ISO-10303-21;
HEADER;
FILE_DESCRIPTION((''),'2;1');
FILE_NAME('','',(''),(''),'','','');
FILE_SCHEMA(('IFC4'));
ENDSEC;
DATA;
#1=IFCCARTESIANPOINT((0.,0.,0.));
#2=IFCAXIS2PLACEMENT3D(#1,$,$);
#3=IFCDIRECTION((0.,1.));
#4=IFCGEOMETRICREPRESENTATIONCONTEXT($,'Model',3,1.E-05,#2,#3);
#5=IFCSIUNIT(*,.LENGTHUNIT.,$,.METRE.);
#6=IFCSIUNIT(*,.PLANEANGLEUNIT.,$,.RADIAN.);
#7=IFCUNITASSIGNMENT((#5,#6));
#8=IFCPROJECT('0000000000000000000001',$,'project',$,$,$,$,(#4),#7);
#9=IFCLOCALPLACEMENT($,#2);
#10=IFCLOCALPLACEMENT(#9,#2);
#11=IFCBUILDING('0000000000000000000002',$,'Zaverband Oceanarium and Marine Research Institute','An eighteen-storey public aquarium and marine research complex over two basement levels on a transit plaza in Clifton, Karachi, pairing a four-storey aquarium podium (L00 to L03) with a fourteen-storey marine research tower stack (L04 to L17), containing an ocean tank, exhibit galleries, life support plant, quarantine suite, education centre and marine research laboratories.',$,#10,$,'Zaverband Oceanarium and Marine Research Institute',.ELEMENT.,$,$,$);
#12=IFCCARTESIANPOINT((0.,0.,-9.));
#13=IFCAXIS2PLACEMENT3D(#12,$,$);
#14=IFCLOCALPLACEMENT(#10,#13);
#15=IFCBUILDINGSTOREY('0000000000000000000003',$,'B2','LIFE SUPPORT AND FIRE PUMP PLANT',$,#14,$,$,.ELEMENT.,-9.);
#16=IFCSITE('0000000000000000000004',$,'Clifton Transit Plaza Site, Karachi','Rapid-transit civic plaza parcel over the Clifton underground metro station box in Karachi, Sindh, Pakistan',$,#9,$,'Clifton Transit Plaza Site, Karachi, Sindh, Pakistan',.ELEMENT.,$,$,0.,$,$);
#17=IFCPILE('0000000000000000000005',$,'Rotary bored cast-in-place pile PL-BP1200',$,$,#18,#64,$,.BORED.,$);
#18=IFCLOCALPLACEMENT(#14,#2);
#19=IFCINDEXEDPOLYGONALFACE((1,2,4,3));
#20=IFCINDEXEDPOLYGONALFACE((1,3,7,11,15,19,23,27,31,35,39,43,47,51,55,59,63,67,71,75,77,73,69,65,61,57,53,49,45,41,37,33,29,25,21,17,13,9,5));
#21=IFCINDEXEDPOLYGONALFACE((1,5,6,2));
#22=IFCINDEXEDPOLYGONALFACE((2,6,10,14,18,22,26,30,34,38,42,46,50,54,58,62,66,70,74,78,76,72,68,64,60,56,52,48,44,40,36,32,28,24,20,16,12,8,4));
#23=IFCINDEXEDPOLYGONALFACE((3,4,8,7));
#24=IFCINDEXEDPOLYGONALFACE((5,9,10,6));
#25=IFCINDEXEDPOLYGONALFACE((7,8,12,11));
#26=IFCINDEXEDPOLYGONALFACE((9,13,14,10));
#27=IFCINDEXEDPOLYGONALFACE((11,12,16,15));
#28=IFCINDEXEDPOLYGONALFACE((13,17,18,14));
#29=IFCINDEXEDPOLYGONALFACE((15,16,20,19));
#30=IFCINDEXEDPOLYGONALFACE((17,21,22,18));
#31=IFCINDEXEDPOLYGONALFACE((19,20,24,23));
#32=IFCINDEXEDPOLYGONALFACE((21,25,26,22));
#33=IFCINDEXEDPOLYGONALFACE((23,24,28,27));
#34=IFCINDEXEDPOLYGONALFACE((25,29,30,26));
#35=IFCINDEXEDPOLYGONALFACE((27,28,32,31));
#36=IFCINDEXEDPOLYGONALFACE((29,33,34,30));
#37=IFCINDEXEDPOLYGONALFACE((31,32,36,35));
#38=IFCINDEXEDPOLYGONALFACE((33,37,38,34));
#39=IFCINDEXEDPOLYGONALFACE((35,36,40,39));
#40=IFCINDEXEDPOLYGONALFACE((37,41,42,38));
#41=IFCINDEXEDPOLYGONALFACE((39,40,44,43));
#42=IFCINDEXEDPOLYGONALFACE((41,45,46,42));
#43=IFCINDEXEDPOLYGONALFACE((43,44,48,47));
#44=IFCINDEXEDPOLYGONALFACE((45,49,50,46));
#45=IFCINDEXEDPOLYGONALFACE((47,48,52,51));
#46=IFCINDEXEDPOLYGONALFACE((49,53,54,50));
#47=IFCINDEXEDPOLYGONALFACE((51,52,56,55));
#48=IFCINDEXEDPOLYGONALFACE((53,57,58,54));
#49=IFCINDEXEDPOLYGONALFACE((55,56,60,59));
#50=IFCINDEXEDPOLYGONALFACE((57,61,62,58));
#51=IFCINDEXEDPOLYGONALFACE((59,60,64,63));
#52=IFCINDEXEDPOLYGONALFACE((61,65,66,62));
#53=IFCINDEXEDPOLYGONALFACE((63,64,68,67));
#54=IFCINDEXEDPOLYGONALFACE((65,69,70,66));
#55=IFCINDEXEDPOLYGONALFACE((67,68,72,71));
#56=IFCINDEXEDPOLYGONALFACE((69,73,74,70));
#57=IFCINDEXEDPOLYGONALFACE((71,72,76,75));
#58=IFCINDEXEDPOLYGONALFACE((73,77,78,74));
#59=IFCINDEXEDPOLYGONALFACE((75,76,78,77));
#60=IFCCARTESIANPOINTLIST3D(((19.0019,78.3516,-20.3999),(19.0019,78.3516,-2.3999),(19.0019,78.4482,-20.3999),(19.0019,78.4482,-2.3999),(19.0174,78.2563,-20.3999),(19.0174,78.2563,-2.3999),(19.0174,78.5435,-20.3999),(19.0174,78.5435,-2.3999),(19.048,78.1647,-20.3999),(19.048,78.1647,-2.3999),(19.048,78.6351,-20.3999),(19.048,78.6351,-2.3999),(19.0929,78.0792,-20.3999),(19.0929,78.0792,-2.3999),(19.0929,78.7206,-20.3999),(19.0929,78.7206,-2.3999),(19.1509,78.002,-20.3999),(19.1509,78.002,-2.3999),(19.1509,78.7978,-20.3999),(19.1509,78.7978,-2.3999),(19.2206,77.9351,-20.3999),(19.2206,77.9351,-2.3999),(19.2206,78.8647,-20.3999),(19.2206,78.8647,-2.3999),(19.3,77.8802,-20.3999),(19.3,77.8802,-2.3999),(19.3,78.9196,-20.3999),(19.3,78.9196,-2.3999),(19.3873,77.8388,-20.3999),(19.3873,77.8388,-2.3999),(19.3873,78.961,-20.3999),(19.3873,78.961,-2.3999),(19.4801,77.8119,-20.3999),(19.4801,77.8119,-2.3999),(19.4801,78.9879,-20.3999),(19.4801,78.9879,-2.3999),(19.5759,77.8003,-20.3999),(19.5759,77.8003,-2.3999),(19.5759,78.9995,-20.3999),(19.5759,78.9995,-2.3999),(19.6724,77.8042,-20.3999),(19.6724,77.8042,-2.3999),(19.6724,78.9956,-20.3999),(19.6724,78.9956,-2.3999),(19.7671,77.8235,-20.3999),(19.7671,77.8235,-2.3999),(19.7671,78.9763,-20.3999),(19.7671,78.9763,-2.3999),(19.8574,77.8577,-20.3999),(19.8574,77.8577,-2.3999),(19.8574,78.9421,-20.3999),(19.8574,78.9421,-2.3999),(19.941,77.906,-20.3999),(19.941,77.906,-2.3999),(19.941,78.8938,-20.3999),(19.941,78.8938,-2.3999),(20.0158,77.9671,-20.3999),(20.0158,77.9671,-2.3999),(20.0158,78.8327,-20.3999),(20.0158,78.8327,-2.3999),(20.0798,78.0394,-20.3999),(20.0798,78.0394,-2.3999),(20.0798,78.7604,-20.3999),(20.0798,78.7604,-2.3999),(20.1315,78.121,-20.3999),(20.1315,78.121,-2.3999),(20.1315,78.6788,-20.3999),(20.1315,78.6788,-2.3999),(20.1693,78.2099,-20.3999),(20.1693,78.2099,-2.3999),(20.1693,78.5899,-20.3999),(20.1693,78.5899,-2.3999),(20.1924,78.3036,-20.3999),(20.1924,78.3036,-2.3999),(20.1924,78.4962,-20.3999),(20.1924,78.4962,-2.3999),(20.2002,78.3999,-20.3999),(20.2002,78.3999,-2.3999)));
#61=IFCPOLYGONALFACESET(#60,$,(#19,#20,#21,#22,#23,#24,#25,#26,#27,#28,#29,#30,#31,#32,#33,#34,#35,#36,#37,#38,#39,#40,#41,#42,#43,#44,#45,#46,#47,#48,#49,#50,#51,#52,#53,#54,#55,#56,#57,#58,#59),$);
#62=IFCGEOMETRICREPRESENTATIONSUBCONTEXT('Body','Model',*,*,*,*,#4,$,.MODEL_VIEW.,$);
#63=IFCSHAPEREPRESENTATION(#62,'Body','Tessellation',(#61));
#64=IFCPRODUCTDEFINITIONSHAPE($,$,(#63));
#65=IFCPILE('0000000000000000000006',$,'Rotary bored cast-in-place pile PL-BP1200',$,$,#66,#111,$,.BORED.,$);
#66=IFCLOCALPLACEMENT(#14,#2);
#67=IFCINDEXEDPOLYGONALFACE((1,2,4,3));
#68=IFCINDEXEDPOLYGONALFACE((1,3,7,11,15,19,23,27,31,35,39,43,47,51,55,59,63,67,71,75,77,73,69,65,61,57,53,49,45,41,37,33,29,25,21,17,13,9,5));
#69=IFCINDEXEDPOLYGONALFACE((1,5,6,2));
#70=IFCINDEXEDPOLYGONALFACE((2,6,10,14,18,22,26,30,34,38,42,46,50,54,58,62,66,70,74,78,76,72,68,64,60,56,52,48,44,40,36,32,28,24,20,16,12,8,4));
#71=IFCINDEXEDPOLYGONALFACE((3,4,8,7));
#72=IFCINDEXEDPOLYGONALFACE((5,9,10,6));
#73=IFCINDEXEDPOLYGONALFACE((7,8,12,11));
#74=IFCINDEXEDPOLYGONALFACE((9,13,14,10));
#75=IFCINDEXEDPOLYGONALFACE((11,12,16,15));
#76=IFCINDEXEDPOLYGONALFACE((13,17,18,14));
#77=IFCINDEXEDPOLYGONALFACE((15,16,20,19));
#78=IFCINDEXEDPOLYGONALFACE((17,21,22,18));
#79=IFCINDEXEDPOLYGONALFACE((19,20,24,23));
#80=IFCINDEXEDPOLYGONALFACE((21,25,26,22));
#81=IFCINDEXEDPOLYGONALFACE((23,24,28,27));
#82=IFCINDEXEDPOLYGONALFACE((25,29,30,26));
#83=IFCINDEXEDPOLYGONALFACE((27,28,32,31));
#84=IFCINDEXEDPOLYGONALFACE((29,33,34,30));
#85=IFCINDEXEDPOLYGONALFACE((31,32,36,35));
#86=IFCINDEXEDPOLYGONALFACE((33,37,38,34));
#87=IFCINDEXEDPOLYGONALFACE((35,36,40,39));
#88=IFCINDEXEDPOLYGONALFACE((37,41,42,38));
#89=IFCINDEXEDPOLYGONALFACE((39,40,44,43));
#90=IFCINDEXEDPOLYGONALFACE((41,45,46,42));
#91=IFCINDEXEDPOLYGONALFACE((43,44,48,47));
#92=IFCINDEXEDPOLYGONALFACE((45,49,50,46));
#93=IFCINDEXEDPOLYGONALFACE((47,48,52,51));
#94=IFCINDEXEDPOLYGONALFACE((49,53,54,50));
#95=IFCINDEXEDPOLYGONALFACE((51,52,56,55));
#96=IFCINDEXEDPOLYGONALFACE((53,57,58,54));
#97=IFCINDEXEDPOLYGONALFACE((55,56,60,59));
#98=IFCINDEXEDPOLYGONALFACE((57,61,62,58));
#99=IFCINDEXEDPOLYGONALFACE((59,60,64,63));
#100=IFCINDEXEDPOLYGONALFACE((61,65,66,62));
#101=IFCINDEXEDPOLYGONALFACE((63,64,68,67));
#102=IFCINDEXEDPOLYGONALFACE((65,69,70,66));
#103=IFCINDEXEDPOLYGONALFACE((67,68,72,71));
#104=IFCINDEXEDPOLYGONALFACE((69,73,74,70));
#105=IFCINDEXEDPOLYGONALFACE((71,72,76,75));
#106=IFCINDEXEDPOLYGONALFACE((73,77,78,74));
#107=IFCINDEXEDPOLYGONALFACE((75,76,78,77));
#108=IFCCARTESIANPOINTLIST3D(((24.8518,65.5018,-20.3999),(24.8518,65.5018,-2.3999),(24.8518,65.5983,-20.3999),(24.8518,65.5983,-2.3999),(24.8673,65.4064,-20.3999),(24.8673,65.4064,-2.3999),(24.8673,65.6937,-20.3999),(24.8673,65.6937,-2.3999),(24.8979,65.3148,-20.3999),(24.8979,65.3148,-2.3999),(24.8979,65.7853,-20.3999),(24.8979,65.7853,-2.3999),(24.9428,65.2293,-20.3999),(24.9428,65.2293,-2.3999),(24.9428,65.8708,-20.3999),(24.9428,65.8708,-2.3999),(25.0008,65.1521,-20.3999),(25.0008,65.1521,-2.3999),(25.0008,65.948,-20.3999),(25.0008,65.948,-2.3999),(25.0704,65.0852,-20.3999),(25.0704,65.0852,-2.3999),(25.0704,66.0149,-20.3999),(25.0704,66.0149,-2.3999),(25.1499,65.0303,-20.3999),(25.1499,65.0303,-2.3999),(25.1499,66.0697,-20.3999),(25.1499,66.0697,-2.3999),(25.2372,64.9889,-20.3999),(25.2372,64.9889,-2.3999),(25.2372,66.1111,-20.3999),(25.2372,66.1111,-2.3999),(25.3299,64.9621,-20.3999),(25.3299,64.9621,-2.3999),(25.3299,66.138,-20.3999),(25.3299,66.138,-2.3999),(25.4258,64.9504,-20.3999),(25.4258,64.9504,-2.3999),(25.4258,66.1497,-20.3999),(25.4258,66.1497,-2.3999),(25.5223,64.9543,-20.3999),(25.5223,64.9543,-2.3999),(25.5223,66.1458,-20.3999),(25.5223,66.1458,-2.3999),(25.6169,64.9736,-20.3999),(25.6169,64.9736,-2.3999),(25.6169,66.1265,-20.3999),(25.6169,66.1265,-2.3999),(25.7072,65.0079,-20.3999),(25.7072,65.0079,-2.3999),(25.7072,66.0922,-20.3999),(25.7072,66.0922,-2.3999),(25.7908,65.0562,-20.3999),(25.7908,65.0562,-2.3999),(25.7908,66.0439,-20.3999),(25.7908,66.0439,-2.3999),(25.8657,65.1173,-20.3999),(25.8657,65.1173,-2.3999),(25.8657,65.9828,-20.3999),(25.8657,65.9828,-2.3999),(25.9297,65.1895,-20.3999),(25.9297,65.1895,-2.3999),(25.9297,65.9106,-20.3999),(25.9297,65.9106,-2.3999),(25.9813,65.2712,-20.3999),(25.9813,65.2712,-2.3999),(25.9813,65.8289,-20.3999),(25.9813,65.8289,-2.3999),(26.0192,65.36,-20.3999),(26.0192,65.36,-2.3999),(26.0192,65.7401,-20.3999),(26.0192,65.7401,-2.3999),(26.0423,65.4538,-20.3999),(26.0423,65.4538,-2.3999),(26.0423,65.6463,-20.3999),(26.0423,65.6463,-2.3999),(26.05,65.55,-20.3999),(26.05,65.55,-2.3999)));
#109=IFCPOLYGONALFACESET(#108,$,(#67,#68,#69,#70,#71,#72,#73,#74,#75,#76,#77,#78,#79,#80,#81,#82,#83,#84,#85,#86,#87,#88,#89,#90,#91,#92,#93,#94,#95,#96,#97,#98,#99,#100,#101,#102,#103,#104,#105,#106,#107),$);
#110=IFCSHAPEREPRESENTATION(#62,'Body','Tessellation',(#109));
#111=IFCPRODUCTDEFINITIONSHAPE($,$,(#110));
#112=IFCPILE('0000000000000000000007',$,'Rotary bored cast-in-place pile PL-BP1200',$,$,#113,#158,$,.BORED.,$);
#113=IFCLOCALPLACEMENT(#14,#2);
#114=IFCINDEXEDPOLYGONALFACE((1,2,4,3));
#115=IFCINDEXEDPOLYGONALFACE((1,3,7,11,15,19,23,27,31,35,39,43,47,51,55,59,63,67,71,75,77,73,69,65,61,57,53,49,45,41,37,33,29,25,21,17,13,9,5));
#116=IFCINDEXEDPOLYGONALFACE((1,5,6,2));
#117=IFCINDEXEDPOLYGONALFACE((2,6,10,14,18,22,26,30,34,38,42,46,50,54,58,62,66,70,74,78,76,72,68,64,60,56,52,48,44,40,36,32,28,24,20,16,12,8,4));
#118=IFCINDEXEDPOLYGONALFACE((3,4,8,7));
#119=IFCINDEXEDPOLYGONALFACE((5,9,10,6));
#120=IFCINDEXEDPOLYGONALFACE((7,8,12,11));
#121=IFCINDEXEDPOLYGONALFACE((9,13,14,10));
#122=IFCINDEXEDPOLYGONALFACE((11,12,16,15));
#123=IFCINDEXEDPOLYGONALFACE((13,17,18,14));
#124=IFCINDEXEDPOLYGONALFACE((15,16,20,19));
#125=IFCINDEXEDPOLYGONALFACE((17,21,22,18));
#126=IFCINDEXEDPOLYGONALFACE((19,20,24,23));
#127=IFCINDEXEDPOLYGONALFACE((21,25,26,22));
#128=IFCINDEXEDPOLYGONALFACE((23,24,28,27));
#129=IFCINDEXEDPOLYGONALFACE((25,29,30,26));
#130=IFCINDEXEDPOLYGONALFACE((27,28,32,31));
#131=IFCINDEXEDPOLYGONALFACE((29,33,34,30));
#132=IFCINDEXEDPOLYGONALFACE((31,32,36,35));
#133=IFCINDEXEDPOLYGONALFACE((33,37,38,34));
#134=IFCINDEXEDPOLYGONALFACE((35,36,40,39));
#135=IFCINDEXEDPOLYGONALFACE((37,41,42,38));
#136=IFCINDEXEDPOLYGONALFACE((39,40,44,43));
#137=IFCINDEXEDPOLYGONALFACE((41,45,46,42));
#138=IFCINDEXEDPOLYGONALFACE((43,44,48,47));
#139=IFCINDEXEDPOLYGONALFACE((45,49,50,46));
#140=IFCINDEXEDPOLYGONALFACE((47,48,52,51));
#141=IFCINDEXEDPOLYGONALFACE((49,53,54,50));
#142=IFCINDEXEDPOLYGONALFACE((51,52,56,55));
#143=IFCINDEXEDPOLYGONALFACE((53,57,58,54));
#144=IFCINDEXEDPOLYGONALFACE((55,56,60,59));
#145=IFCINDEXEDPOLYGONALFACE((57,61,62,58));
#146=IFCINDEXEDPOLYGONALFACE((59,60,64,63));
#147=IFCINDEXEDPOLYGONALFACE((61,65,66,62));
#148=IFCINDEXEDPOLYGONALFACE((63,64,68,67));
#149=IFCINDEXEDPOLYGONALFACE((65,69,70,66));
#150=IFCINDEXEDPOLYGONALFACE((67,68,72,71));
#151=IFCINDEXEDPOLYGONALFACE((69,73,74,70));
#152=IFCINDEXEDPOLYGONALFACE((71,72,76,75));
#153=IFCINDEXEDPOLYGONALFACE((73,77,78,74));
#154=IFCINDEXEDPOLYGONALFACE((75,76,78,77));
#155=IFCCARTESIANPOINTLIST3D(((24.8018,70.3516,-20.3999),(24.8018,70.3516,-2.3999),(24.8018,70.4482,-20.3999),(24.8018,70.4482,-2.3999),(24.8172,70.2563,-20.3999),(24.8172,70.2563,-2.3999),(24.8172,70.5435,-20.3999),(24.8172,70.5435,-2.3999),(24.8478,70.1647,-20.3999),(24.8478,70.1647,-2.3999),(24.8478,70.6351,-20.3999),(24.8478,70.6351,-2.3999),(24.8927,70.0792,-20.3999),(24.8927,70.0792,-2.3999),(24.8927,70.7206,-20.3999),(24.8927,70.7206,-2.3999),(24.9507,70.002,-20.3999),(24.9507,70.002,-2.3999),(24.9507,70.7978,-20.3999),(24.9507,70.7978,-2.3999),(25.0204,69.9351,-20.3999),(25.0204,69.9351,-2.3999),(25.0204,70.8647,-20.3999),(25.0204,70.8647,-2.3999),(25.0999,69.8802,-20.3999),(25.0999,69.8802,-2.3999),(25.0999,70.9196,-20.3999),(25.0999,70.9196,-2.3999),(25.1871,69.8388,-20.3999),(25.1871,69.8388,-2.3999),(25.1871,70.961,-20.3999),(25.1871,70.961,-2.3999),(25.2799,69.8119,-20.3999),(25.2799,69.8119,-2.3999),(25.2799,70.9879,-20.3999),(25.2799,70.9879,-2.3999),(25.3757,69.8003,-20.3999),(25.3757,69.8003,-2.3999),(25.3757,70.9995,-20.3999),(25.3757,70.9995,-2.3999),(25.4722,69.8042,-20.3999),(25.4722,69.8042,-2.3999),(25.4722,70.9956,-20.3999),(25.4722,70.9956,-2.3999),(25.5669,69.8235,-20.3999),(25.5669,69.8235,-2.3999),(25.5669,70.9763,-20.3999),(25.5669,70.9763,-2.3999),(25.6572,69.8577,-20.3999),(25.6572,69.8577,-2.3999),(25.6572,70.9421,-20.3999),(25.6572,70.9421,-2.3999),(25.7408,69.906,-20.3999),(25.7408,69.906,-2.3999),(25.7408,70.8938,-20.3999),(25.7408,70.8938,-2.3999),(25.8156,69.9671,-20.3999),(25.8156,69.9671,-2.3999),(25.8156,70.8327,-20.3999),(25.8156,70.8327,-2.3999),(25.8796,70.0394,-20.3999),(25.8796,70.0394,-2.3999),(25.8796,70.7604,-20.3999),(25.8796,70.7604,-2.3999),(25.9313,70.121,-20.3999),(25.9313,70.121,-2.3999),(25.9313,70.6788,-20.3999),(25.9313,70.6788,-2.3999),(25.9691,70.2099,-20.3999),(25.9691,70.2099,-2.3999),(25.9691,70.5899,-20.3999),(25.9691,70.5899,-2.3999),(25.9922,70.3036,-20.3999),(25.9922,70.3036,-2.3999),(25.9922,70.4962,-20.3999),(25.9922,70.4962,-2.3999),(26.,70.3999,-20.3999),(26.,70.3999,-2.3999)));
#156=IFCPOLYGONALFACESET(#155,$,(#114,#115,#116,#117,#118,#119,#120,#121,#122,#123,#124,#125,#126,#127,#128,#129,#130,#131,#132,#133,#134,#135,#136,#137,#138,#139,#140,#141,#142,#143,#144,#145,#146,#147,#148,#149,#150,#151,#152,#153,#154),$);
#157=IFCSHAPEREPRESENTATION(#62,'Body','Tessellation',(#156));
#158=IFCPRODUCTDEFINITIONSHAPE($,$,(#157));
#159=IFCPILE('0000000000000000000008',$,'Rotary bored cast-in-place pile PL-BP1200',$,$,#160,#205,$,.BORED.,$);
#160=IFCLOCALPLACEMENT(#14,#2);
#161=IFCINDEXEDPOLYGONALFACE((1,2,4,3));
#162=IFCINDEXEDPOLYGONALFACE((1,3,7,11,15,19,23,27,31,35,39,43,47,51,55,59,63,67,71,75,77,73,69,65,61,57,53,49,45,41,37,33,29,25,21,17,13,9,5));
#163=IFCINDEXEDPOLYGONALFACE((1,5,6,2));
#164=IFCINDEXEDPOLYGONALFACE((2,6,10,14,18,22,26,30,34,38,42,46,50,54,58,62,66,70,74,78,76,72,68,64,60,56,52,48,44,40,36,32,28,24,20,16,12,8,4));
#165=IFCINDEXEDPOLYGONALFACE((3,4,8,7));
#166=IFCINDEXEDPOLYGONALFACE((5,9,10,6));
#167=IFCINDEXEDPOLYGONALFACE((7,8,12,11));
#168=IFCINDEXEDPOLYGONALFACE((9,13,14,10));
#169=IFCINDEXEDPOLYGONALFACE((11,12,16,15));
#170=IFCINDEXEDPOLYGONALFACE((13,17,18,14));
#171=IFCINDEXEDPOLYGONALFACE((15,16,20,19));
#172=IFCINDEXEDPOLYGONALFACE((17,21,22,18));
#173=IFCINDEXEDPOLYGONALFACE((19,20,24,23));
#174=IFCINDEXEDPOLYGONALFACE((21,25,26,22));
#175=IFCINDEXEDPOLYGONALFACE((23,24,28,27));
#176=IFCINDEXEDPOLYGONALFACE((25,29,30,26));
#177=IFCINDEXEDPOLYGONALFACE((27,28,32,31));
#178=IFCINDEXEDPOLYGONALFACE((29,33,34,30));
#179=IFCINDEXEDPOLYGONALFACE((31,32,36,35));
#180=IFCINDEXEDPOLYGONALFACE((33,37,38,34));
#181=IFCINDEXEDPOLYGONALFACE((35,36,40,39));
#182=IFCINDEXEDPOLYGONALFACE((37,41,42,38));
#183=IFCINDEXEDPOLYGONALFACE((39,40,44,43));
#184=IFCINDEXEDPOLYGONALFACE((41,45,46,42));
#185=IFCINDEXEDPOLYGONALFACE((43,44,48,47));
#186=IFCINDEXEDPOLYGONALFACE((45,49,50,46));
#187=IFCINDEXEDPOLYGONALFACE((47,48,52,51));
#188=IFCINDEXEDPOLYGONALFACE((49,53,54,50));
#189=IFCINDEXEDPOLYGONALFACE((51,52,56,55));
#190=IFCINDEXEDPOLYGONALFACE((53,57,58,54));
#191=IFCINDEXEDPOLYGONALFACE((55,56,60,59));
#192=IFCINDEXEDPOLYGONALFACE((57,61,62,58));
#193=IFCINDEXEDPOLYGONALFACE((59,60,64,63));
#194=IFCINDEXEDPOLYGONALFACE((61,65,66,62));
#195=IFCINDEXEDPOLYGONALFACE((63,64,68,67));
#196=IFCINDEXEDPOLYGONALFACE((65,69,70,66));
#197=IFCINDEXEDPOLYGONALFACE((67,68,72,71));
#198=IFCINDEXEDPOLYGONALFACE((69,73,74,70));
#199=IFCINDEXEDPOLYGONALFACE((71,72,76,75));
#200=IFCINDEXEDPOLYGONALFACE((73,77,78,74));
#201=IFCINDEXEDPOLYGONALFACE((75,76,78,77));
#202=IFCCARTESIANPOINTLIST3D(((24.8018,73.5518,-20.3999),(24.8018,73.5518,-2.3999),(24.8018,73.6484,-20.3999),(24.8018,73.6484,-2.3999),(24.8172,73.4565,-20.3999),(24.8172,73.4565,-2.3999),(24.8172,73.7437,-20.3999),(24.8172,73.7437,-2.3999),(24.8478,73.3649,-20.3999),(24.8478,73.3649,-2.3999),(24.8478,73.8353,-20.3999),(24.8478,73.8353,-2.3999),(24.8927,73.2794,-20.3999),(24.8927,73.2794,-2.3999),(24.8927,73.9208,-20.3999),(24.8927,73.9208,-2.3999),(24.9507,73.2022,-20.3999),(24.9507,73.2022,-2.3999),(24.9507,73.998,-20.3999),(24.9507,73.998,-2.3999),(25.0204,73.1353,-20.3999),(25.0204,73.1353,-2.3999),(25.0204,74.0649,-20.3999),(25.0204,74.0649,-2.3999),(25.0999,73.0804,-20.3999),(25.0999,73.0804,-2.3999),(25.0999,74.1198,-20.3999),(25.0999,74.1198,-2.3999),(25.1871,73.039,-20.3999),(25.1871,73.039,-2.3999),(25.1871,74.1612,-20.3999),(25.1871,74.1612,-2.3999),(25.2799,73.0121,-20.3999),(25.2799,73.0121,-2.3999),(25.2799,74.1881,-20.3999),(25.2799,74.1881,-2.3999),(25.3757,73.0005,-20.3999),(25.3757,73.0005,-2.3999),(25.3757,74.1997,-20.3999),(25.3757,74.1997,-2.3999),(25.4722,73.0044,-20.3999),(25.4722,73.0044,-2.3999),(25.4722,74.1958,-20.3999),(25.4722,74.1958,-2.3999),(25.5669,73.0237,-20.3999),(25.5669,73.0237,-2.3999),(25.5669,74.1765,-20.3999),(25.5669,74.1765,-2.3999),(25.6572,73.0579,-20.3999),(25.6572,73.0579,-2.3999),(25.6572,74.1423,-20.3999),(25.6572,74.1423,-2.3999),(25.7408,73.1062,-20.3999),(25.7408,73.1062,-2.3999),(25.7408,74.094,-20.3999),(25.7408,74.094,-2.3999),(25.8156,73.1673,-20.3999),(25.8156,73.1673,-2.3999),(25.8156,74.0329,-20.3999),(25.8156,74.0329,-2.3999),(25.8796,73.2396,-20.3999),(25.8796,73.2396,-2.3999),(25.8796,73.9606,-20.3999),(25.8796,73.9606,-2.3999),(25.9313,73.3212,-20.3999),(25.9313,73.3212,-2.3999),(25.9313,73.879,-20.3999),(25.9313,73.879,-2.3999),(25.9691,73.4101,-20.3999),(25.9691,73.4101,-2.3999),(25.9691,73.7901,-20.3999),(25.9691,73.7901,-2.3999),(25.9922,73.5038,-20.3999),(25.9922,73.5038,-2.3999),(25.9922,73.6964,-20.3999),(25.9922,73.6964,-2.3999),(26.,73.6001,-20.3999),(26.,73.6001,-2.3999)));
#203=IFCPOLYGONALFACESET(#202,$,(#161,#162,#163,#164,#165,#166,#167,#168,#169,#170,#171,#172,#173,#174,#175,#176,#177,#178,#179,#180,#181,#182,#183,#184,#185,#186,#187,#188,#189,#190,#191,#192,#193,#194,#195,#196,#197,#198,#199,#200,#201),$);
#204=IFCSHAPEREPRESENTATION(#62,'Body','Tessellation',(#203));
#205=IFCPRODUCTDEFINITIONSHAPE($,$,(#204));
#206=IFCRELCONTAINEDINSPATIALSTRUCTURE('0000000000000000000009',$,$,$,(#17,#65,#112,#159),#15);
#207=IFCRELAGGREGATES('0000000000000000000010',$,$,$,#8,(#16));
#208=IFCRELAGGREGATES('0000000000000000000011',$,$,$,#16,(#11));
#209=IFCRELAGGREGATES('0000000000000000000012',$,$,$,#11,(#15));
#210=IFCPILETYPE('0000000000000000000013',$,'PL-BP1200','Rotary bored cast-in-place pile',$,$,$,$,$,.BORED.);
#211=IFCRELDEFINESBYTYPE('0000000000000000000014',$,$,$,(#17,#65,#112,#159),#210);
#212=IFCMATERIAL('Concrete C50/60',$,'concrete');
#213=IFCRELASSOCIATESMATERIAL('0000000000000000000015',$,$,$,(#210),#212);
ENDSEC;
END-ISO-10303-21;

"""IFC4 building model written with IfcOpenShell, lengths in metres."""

from ifc_helpers import new_model, si_unit, direction, frame, origin, origin_2d, place, context, subcontext, project, spatial, circle, extrude, material, material_profile, profile_set, type_object, element, save


model = new_model("IFC4")

# Units and contexts
model_context = context("Model", 3, precision=1e-05, world=origin(), true_north=direction((0.0, 1.0)))
body_context = subcontext(model_context, "Body", "Model", "MODEL_VIEW")
ifc_project = project(units=[si_unit("LENGTHUNIT", "METRE"), si_unit("PLANEANGLEUNIT", "RADIAN")], contexts=[model_context])

# Site, building, storey
site_placement = place(None, origin())
site = spatial("IfcSite", under=ifc_project, at=site_placement, Name="Clifton Transit Plaza Site, Karachi", Description="Rapid-transit civic plaza parcel over the Clifton underground metro station box in Karachi, Sindh, Pakistan", LongName="Clifton Transit Plaza Site, Karachi, Sindh, Pakistan", CompositionType="ELEMENT", RefElevation=0.0)
building_placement = place(site_placement, origin())
building = spatial("IfcBuilding", under=site, at=building_placement, Name="Zaverband Oceanarium and Marine Research Institute", Description="An eighteen-storey public aquarium and marine research complex over two basement levels on a transit plaza in Clifton, Karachi, pairing a four-storey aquarium podium (L00 to L03) with a fourteen-storey marine research tower stack (L04 to L17), containing an ocean tank, exhibit galleries, life support plant, quarantine suite, education centre and marine research laboratories.", LongName="Zaverband Oceanarium and Marine Research Institute", CompositionType="ELEMENT")
storey_placement = place(building_placement, frame((0.0, 0.0, -9.0)))
storey = spatial("IfcBuildingStorey", under=building, at=storey_placement, Name="B2", Description="LIFE SUPPORT AND FIRE PUMP PLANT", CompositionType="ELEMENT", Elevation=-9.0)

# Shared definitions
ifc_material_1 = material(Name="Concrete C50/60", Category="concrete")

# Piles
ifc_material_profile_1 = material_profile(ifc_material_1, circle(Radius=0.6001, at=origin_2d()), Name="BP1200")
ifc_profile_set_1 = profile_set([ifc_material_profile_1], Name="Concrete C50/60")
pile_type = type_object("IfcPileType", Name="PL-BP1200", Description="Rotary bored cast-in-place pile", PredefinedType="BORED", material=ifc_profile_set_1)
for number, where, z_axis, x_axis, name in (
    (1, (19.6001, 78.3999, -2.3999), (0.0, 0.0, -1.0), (1.0, 0.0, 0.0), "Rotary bored cast-in-place pile PL-BP1200"),
    (2, (25.45, 65.55, -2.3999), (0.0, 0.0, -1.0), (1.0, 0.0, 0.0), "Rotary bored cast-in-place pile PL-BP1200"),
    (3, (25.3999, 70.3999, -2.3999), (0.0, 0.0, -1.0), (1.0, 0.0, 0.0), "Rotary bored cast-in-place pile PL-BP1200"),
    (4, (25.3999, 73.6001, -2.3999), (0.0, 0.0, -1.0), (1.0, 0.0, 0.0), "Rotary bored cast-in-place pile PL-BP1200"),
):
    element("IfcPile", number, at=place(storey_placement, frame(where, z_axis=z_axis, x_axis=x_axis)), inside=storey, type_object=pile_type, Name=name, PredefinedType="BORED", context=body_context, shape_type="SweptSolid", body=[
        extrude(circle(Radius=0.6001, at=origin_2d()), origin(), (0.0, 0.0, 1.0), 18.0),
    ])

save(model, "model.ifc")
